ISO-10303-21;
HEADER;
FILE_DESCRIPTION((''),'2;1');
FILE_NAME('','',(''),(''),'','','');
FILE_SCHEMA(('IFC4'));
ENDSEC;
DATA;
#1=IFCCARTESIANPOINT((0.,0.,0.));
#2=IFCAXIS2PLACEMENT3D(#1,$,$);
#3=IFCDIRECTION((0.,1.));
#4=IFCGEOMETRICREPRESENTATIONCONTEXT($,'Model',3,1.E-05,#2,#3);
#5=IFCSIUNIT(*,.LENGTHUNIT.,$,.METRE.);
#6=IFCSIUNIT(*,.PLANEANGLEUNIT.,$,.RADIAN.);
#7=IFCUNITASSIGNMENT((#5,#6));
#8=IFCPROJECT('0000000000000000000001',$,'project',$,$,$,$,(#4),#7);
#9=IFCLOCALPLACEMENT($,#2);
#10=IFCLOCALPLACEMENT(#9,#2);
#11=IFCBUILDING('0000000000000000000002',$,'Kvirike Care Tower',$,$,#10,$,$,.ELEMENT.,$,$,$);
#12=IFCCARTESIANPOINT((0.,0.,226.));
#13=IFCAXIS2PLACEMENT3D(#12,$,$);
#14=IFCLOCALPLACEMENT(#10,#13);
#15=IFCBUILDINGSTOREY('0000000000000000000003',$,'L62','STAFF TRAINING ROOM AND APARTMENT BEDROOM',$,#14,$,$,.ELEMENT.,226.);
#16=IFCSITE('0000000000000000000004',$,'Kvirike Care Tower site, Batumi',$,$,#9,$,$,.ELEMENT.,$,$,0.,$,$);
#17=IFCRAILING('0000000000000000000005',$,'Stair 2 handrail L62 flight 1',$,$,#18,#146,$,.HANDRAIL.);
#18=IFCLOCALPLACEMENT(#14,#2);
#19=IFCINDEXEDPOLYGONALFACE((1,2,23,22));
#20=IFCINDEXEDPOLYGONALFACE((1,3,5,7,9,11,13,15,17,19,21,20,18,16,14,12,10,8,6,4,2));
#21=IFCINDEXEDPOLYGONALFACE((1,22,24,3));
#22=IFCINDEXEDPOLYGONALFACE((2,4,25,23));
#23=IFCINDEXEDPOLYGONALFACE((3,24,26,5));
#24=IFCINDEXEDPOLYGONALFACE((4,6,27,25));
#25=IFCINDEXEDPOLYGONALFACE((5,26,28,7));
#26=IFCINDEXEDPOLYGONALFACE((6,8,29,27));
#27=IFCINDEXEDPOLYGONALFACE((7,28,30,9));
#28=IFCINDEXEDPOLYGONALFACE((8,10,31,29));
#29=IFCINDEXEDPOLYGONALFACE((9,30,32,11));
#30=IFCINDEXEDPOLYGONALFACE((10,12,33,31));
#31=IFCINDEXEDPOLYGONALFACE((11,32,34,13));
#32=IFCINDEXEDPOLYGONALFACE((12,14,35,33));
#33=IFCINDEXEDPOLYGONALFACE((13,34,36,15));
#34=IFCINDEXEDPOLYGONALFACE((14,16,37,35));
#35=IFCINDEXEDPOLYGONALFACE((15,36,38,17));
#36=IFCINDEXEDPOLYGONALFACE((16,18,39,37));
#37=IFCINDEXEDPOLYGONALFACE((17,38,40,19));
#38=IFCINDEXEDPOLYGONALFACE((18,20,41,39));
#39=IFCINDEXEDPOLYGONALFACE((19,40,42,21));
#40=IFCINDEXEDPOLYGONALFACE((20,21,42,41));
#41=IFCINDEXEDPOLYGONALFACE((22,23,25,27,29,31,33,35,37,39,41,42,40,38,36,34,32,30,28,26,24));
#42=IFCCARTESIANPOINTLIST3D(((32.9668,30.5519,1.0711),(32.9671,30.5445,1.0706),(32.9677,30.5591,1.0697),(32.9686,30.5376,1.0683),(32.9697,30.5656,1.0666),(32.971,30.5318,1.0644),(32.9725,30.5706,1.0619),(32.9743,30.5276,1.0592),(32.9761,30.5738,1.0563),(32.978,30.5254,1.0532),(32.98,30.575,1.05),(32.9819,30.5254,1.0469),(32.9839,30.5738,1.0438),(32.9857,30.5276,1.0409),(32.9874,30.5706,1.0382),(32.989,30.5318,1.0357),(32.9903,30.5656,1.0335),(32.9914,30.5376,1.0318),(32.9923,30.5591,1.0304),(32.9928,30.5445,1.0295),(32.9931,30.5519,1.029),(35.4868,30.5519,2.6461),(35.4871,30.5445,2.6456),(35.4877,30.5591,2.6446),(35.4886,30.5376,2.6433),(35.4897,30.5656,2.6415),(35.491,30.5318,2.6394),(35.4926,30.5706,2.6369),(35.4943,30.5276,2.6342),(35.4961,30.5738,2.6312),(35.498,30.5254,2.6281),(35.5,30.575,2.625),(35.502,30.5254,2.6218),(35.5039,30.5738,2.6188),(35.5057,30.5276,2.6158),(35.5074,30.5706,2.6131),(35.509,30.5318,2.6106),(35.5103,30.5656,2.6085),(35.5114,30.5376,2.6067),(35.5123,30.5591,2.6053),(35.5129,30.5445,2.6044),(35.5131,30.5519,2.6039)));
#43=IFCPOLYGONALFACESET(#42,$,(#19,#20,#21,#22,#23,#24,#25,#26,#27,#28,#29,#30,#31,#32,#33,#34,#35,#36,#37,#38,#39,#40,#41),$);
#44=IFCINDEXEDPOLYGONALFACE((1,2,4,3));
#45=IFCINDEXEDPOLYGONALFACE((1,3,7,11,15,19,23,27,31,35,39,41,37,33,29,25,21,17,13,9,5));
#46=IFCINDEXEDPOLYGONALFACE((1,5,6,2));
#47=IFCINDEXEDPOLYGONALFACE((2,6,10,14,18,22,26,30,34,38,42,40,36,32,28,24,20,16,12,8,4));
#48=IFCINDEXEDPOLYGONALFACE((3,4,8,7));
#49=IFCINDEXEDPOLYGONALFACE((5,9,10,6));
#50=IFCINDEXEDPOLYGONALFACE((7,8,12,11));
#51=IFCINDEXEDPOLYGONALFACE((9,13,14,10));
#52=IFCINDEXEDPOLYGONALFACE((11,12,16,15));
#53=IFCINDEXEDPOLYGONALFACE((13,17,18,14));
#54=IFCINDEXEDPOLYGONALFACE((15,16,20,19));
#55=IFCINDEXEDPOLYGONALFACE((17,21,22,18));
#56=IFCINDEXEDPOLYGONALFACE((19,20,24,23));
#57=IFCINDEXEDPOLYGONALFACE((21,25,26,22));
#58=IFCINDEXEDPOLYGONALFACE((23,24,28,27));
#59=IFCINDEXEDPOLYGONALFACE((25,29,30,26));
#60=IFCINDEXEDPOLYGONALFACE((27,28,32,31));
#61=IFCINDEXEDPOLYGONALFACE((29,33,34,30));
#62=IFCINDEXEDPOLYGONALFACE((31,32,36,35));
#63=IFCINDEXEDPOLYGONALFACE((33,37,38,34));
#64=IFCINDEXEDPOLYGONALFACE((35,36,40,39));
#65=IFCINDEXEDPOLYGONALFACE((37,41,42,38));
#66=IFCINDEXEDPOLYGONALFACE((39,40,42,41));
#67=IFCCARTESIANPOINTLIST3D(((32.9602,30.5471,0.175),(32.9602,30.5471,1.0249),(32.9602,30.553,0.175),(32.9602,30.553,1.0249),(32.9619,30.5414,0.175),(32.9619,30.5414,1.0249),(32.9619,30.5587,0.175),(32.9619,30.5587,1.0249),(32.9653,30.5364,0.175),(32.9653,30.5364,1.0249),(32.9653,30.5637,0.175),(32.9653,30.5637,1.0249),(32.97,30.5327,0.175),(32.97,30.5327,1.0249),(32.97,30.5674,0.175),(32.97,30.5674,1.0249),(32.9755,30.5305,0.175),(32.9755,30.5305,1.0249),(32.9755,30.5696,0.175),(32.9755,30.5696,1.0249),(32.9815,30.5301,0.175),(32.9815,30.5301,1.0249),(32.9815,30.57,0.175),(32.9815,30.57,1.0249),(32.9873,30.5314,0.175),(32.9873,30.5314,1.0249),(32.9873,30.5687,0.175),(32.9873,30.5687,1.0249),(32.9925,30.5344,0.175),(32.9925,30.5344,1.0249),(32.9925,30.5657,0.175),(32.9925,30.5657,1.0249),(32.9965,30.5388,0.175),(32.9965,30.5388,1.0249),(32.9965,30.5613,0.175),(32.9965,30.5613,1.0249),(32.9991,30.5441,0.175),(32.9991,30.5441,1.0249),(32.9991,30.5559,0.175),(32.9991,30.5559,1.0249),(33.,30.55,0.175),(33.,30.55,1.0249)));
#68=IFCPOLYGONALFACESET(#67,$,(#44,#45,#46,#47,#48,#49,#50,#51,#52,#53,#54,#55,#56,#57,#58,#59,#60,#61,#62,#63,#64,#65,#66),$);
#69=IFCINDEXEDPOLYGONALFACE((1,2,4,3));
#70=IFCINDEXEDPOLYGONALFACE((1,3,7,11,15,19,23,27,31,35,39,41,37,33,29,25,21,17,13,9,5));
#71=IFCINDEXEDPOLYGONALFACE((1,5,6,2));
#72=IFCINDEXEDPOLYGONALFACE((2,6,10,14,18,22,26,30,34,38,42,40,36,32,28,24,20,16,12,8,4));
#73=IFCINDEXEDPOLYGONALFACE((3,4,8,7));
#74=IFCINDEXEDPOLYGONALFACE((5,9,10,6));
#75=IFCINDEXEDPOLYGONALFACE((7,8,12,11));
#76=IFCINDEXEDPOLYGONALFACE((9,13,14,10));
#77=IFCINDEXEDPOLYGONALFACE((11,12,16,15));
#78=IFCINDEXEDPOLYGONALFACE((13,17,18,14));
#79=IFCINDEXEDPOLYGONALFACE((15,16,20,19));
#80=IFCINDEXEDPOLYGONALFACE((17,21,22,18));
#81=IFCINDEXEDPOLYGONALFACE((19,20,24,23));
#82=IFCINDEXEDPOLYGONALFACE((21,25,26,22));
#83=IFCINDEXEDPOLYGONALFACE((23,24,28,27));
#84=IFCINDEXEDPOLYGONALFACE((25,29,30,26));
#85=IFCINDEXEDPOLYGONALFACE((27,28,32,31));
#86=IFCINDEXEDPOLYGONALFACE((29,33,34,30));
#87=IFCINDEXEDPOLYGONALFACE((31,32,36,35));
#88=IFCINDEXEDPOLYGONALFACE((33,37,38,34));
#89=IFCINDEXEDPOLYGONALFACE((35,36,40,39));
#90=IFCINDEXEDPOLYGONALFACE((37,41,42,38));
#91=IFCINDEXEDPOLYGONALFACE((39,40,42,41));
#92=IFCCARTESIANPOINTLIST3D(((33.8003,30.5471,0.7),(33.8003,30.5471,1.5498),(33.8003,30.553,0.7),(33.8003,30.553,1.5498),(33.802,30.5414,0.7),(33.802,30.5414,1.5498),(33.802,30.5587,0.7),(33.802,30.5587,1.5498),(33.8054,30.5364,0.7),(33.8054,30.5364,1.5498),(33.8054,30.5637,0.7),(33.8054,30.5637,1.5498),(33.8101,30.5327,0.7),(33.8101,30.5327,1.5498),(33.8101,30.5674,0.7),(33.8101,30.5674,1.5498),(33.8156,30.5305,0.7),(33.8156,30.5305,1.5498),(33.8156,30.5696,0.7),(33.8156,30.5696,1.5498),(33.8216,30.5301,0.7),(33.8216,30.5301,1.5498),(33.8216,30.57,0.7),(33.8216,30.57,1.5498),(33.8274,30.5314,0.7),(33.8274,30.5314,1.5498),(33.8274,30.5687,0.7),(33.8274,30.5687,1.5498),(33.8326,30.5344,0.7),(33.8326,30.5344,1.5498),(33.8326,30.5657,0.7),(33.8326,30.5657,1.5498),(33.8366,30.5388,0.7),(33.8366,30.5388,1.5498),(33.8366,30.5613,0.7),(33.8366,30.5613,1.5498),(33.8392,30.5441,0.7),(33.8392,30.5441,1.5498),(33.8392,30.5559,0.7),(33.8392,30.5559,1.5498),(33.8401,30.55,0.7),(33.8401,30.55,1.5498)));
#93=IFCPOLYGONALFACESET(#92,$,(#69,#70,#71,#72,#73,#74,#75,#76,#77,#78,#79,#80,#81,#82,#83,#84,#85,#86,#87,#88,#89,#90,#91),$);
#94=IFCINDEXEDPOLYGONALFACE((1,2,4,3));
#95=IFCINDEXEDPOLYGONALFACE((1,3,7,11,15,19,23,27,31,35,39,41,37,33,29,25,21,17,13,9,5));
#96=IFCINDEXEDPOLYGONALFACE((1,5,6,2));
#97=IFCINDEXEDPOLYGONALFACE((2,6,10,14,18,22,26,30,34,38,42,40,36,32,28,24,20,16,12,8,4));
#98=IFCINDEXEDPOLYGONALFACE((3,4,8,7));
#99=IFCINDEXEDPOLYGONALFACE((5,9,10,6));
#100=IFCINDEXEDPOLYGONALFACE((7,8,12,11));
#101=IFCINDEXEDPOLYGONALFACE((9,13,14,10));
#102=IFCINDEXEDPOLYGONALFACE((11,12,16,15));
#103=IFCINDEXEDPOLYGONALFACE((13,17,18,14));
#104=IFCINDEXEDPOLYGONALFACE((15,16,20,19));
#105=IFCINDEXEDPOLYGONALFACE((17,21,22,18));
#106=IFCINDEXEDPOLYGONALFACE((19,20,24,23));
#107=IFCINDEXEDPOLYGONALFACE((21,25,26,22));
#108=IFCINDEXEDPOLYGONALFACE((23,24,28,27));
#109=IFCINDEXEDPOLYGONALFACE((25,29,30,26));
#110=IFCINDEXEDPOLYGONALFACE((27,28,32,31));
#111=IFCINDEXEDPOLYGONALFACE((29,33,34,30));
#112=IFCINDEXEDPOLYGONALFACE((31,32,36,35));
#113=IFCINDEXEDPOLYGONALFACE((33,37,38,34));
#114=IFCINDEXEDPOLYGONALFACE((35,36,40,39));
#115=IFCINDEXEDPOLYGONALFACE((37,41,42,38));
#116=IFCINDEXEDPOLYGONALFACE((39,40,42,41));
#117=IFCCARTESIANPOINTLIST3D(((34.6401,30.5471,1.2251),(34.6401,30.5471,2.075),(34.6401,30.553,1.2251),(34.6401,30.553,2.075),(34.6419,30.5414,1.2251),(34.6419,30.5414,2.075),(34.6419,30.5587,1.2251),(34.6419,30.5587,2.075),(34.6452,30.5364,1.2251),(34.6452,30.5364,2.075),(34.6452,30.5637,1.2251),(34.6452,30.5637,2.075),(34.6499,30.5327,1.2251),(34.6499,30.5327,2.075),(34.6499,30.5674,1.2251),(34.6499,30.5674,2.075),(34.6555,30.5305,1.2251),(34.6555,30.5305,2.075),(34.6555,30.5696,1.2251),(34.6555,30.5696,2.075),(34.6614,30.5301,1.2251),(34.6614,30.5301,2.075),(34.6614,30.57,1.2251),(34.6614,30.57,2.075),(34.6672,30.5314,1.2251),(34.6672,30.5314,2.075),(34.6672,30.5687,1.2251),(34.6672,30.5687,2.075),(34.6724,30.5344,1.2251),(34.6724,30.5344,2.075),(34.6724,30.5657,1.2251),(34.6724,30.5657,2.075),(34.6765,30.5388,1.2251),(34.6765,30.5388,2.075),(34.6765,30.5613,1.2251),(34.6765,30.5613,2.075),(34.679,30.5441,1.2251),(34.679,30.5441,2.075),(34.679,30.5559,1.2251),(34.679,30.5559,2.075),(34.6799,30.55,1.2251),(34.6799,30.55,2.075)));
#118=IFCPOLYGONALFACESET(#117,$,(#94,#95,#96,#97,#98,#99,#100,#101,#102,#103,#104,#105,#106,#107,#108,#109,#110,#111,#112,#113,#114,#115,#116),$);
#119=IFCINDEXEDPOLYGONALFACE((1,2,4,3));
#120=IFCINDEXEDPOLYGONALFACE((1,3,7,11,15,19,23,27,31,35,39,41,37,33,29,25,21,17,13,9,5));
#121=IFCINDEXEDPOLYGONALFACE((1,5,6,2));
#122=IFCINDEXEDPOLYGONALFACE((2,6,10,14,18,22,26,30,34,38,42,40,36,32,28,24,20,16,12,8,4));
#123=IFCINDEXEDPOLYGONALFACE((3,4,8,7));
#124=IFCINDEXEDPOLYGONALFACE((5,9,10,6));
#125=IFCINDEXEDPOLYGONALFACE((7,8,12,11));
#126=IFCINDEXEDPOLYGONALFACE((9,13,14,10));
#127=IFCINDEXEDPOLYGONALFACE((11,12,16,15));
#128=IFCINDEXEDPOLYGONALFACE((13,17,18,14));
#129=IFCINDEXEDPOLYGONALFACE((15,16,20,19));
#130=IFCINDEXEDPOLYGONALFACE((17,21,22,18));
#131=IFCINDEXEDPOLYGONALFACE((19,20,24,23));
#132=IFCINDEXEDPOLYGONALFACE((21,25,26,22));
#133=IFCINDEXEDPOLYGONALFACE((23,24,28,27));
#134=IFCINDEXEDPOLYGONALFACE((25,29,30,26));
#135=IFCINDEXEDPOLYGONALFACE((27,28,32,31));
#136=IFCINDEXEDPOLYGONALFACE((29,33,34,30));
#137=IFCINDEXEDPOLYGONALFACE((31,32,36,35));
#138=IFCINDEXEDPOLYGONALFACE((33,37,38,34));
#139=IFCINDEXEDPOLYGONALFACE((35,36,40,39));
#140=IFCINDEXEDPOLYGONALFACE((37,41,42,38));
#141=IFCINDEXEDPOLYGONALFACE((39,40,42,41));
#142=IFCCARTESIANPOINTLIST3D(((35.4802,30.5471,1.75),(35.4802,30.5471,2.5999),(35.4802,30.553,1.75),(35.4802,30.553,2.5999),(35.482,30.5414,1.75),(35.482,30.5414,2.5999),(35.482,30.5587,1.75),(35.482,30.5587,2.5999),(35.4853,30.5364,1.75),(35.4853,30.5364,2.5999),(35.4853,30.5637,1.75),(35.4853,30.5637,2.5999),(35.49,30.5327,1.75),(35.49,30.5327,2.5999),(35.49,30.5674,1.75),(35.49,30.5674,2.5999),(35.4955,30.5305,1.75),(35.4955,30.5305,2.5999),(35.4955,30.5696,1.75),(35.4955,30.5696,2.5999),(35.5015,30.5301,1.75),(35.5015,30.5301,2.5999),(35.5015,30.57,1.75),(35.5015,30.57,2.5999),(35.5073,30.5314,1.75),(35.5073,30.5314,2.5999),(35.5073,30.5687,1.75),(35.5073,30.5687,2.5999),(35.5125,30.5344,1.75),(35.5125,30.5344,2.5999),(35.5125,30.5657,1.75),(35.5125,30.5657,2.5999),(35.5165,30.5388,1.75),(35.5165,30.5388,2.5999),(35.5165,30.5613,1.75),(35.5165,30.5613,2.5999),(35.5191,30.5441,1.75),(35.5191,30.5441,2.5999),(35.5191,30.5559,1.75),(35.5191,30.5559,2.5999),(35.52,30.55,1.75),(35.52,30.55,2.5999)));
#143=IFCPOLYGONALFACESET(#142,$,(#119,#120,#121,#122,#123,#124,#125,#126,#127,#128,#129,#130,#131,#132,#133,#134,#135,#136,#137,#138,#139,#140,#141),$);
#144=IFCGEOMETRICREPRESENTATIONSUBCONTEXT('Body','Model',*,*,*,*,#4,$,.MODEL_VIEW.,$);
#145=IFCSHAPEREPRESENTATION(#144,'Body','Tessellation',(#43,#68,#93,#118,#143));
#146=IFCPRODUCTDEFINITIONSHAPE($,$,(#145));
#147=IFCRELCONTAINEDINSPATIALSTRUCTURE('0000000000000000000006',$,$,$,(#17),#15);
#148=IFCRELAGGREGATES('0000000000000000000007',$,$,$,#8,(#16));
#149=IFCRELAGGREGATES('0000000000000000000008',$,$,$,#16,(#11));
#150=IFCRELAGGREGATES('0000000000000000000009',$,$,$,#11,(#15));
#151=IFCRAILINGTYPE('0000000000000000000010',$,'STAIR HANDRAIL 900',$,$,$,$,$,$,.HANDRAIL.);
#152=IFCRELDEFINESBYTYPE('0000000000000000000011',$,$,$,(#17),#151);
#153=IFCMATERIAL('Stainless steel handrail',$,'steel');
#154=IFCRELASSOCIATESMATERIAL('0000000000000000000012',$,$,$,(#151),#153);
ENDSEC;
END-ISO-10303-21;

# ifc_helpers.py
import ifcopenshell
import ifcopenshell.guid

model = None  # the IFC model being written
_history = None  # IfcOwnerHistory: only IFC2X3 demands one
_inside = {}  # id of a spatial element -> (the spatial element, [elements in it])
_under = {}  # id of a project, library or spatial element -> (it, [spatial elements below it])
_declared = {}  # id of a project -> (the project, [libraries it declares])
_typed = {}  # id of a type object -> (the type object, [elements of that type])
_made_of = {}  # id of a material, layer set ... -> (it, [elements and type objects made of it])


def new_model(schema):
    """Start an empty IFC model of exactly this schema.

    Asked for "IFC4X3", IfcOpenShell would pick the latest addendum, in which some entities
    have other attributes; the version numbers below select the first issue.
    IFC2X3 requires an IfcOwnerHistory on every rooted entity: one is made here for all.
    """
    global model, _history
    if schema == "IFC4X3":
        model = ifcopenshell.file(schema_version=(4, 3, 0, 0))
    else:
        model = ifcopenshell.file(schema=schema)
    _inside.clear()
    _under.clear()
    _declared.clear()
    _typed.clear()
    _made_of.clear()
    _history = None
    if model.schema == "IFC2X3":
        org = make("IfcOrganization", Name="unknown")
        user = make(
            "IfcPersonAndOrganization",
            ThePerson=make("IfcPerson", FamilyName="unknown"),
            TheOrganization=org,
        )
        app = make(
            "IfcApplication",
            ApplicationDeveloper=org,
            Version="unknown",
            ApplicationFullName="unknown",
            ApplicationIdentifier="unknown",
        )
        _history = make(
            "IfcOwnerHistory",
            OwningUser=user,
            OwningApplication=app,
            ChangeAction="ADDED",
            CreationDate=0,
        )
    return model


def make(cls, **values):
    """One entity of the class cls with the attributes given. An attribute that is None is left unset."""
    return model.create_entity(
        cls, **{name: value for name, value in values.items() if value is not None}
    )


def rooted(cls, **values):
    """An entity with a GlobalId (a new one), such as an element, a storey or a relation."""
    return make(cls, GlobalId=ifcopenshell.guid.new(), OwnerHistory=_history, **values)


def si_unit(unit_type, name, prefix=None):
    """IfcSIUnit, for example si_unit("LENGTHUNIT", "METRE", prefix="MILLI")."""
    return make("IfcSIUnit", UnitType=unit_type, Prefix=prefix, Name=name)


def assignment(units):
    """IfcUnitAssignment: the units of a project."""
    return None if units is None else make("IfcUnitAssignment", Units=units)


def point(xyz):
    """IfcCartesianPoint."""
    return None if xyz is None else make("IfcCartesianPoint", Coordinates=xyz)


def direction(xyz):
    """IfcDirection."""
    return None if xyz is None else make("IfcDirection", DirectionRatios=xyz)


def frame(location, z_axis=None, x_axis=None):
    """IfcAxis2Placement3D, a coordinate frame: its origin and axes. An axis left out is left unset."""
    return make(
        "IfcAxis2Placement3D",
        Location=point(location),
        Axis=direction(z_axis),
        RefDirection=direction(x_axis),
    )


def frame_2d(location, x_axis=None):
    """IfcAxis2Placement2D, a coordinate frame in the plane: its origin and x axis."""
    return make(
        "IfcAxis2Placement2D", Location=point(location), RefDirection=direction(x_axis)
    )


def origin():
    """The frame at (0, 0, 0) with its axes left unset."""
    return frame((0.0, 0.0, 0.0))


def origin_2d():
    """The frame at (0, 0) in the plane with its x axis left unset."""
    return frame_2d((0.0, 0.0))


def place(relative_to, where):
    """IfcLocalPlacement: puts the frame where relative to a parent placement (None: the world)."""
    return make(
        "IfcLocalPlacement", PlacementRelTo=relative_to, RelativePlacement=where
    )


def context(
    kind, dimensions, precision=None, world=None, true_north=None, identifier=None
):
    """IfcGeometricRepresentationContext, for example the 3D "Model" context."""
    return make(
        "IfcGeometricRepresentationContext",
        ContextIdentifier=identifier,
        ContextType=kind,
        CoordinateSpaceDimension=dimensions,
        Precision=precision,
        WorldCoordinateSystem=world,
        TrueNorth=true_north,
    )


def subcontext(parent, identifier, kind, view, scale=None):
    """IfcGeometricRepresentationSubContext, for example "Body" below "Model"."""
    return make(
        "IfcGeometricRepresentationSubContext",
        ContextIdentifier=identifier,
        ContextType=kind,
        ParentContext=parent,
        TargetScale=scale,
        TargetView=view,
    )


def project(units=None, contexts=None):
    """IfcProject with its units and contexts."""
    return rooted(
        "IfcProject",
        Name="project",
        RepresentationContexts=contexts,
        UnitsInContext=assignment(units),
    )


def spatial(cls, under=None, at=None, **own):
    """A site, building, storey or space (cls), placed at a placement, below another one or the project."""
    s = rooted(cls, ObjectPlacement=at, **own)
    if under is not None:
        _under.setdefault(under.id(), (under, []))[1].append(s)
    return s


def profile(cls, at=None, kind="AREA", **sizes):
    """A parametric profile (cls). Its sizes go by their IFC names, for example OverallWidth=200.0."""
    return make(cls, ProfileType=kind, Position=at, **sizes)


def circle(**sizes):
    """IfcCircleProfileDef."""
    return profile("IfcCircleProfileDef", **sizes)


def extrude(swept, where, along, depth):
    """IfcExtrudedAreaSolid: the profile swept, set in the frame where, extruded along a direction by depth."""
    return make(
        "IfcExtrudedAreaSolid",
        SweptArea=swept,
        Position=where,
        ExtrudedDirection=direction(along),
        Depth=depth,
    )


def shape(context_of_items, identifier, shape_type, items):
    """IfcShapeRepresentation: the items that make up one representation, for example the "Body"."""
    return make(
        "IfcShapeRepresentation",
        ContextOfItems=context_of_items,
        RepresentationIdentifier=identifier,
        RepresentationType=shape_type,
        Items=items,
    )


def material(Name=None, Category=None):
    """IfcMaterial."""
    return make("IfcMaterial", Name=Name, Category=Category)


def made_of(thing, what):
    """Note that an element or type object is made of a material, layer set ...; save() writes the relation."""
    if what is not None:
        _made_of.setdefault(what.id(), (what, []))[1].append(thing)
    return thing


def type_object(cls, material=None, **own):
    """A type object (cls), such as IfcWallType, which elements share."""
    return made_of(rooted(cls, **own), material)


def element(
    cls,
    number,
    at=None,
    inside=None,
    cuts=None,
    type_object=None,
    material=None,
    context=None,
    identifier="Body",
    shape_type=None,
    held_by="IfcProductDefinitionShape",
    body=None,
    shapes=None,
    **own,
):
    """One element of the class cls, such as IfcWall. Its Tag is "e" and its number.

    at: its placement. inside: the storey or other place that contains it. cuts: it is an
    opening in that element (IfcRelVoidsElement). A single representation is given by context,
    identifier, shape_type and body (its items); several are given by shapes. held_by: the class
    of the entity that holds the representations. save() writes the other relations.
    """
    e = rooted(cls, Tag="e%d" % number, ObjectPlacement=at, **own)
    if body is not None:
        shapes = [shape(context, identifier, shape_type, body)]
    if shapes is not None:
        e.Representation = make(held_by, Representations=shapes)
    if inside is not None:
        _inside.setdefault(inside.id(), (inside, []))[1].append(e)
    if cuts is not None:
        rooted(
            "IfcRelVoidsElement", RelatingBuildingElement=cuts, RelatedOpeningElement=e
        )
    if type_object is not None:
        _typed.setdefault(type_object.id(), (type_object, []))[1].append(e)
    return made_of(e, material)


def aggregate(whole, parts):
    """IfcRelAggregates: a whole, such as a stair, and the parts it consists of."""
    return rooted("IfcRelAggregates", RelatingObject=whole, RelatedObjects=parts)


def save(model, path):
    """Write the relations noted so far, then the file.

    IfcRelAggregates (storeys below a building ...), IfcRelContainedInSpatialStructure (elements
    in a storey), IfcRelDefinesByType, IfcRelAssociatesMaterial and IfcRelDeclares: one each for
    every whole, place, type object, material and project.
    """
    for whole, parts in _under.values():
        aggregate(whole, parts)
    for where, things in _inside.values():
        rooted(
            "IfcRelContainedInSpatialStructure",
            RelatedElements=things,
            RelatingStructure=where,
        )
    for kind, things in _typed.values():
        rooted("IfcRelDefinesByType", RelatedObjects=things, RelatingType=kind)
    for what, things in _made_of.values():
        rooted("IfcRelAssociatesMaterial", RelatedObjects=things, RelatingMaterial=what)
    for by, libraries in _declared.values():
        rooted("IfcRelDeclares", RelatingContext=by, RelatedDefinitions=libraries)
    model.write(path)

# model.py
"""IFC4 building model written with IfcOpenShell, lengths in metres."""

from ifc_helpers import new_model, si_unit, direction, frame, origin, origin_2d, place, context, subcontext, project, spatial, circle, extrude, material, type_object, element, save


model = new_model("IFC4")

# Units and contexts
model_context = context("Model", 3, precision=1e-05, world=origin(), true_north=direction((0.0, 1.0)))
body_context = subcontext(model_context, "Body", "Model", "MODEL_VIEW")
ifc_project = project(units=[si_unit("LENGTHUNIT", "METRE"), si_unit("PLANEANGLEUNIT", "RADIAN")], contexts=[model_context])

# Site, building, storey
site_placement = place(None, origin())
site = spatial("IfcSite", under=ifc_project, at=site_placement, Name="Kvirike Care Tower site, Batumi", CompositionType="ELEMENT", RefElevation=0.0)
building_placement = place(site_placement, origin())
building = spatial("IfcBuilding", under=site, at=building_placement, Name="Kvirike Care Tower", CompositionType="ELEMENT")
storey_placement = place(building_placement, frame((0.0, 0.0, 226.0)))
storey = spatial("IfcBuildingStorey", under=building, at=storey_placement, Name="L62", Description="STAFF TRAINING ROOM AND APARTMENT BEDROOM", CompositionType="ELEMENT", Elevation=226.0)

# Railing
ifc_material_1 = material(Name="Stainless steel handrail", Category="steel")
railing_type = type_object("IfcRailingType", Name="STAIR HANDRAIL 900", PredefinedType="HANDRAIL", material=ifc_material_1)
railing_1_placement = place(storey_placement, frame((32.98, 30.55, 0.175)))
element("IfcRailing", 1, at=railing_1_placement, inside=storey, type_object=railing_type, Name="Stair 2 handrail L62 flight 1", PredefinedType="HANDRAIL", context=body_context, shape_type="SweptSolid", body=[
    extrude(circle(Radius=0.0249, at=origin_2d()), frame((0.0, 0.0, 0.875), z_axis=(0.848008, 0.0, 0.529984), x_axis=(0.0, 1.0, 0.0)), (0.0, 0.0, 1.0), 2.9717),
    extrude(circle(Radius=0.02, at=origin_2d()), origin(), (0.0, 0.0, 1.0), 0.8499),
    extrude(circle(Radius=0.02, at=origin_2d()), frame((0.8401, 0.0, 0.5249)), (0.0, 0.0, 1.0), 0.8499),
    extrude(circle(Radius=0.02, at=origin_2d()), frame((1.6799, 0.0, 1.05)), (0.0, 0.0, 1.0), 0.8499),
    extrude(circle(Radius=0.02, at=origin_2d()), frame((2.52, 0.0, 1.575)), (0.0, 0.0, 1.0), 0.8499),
])

save(model, "model.ifc")
